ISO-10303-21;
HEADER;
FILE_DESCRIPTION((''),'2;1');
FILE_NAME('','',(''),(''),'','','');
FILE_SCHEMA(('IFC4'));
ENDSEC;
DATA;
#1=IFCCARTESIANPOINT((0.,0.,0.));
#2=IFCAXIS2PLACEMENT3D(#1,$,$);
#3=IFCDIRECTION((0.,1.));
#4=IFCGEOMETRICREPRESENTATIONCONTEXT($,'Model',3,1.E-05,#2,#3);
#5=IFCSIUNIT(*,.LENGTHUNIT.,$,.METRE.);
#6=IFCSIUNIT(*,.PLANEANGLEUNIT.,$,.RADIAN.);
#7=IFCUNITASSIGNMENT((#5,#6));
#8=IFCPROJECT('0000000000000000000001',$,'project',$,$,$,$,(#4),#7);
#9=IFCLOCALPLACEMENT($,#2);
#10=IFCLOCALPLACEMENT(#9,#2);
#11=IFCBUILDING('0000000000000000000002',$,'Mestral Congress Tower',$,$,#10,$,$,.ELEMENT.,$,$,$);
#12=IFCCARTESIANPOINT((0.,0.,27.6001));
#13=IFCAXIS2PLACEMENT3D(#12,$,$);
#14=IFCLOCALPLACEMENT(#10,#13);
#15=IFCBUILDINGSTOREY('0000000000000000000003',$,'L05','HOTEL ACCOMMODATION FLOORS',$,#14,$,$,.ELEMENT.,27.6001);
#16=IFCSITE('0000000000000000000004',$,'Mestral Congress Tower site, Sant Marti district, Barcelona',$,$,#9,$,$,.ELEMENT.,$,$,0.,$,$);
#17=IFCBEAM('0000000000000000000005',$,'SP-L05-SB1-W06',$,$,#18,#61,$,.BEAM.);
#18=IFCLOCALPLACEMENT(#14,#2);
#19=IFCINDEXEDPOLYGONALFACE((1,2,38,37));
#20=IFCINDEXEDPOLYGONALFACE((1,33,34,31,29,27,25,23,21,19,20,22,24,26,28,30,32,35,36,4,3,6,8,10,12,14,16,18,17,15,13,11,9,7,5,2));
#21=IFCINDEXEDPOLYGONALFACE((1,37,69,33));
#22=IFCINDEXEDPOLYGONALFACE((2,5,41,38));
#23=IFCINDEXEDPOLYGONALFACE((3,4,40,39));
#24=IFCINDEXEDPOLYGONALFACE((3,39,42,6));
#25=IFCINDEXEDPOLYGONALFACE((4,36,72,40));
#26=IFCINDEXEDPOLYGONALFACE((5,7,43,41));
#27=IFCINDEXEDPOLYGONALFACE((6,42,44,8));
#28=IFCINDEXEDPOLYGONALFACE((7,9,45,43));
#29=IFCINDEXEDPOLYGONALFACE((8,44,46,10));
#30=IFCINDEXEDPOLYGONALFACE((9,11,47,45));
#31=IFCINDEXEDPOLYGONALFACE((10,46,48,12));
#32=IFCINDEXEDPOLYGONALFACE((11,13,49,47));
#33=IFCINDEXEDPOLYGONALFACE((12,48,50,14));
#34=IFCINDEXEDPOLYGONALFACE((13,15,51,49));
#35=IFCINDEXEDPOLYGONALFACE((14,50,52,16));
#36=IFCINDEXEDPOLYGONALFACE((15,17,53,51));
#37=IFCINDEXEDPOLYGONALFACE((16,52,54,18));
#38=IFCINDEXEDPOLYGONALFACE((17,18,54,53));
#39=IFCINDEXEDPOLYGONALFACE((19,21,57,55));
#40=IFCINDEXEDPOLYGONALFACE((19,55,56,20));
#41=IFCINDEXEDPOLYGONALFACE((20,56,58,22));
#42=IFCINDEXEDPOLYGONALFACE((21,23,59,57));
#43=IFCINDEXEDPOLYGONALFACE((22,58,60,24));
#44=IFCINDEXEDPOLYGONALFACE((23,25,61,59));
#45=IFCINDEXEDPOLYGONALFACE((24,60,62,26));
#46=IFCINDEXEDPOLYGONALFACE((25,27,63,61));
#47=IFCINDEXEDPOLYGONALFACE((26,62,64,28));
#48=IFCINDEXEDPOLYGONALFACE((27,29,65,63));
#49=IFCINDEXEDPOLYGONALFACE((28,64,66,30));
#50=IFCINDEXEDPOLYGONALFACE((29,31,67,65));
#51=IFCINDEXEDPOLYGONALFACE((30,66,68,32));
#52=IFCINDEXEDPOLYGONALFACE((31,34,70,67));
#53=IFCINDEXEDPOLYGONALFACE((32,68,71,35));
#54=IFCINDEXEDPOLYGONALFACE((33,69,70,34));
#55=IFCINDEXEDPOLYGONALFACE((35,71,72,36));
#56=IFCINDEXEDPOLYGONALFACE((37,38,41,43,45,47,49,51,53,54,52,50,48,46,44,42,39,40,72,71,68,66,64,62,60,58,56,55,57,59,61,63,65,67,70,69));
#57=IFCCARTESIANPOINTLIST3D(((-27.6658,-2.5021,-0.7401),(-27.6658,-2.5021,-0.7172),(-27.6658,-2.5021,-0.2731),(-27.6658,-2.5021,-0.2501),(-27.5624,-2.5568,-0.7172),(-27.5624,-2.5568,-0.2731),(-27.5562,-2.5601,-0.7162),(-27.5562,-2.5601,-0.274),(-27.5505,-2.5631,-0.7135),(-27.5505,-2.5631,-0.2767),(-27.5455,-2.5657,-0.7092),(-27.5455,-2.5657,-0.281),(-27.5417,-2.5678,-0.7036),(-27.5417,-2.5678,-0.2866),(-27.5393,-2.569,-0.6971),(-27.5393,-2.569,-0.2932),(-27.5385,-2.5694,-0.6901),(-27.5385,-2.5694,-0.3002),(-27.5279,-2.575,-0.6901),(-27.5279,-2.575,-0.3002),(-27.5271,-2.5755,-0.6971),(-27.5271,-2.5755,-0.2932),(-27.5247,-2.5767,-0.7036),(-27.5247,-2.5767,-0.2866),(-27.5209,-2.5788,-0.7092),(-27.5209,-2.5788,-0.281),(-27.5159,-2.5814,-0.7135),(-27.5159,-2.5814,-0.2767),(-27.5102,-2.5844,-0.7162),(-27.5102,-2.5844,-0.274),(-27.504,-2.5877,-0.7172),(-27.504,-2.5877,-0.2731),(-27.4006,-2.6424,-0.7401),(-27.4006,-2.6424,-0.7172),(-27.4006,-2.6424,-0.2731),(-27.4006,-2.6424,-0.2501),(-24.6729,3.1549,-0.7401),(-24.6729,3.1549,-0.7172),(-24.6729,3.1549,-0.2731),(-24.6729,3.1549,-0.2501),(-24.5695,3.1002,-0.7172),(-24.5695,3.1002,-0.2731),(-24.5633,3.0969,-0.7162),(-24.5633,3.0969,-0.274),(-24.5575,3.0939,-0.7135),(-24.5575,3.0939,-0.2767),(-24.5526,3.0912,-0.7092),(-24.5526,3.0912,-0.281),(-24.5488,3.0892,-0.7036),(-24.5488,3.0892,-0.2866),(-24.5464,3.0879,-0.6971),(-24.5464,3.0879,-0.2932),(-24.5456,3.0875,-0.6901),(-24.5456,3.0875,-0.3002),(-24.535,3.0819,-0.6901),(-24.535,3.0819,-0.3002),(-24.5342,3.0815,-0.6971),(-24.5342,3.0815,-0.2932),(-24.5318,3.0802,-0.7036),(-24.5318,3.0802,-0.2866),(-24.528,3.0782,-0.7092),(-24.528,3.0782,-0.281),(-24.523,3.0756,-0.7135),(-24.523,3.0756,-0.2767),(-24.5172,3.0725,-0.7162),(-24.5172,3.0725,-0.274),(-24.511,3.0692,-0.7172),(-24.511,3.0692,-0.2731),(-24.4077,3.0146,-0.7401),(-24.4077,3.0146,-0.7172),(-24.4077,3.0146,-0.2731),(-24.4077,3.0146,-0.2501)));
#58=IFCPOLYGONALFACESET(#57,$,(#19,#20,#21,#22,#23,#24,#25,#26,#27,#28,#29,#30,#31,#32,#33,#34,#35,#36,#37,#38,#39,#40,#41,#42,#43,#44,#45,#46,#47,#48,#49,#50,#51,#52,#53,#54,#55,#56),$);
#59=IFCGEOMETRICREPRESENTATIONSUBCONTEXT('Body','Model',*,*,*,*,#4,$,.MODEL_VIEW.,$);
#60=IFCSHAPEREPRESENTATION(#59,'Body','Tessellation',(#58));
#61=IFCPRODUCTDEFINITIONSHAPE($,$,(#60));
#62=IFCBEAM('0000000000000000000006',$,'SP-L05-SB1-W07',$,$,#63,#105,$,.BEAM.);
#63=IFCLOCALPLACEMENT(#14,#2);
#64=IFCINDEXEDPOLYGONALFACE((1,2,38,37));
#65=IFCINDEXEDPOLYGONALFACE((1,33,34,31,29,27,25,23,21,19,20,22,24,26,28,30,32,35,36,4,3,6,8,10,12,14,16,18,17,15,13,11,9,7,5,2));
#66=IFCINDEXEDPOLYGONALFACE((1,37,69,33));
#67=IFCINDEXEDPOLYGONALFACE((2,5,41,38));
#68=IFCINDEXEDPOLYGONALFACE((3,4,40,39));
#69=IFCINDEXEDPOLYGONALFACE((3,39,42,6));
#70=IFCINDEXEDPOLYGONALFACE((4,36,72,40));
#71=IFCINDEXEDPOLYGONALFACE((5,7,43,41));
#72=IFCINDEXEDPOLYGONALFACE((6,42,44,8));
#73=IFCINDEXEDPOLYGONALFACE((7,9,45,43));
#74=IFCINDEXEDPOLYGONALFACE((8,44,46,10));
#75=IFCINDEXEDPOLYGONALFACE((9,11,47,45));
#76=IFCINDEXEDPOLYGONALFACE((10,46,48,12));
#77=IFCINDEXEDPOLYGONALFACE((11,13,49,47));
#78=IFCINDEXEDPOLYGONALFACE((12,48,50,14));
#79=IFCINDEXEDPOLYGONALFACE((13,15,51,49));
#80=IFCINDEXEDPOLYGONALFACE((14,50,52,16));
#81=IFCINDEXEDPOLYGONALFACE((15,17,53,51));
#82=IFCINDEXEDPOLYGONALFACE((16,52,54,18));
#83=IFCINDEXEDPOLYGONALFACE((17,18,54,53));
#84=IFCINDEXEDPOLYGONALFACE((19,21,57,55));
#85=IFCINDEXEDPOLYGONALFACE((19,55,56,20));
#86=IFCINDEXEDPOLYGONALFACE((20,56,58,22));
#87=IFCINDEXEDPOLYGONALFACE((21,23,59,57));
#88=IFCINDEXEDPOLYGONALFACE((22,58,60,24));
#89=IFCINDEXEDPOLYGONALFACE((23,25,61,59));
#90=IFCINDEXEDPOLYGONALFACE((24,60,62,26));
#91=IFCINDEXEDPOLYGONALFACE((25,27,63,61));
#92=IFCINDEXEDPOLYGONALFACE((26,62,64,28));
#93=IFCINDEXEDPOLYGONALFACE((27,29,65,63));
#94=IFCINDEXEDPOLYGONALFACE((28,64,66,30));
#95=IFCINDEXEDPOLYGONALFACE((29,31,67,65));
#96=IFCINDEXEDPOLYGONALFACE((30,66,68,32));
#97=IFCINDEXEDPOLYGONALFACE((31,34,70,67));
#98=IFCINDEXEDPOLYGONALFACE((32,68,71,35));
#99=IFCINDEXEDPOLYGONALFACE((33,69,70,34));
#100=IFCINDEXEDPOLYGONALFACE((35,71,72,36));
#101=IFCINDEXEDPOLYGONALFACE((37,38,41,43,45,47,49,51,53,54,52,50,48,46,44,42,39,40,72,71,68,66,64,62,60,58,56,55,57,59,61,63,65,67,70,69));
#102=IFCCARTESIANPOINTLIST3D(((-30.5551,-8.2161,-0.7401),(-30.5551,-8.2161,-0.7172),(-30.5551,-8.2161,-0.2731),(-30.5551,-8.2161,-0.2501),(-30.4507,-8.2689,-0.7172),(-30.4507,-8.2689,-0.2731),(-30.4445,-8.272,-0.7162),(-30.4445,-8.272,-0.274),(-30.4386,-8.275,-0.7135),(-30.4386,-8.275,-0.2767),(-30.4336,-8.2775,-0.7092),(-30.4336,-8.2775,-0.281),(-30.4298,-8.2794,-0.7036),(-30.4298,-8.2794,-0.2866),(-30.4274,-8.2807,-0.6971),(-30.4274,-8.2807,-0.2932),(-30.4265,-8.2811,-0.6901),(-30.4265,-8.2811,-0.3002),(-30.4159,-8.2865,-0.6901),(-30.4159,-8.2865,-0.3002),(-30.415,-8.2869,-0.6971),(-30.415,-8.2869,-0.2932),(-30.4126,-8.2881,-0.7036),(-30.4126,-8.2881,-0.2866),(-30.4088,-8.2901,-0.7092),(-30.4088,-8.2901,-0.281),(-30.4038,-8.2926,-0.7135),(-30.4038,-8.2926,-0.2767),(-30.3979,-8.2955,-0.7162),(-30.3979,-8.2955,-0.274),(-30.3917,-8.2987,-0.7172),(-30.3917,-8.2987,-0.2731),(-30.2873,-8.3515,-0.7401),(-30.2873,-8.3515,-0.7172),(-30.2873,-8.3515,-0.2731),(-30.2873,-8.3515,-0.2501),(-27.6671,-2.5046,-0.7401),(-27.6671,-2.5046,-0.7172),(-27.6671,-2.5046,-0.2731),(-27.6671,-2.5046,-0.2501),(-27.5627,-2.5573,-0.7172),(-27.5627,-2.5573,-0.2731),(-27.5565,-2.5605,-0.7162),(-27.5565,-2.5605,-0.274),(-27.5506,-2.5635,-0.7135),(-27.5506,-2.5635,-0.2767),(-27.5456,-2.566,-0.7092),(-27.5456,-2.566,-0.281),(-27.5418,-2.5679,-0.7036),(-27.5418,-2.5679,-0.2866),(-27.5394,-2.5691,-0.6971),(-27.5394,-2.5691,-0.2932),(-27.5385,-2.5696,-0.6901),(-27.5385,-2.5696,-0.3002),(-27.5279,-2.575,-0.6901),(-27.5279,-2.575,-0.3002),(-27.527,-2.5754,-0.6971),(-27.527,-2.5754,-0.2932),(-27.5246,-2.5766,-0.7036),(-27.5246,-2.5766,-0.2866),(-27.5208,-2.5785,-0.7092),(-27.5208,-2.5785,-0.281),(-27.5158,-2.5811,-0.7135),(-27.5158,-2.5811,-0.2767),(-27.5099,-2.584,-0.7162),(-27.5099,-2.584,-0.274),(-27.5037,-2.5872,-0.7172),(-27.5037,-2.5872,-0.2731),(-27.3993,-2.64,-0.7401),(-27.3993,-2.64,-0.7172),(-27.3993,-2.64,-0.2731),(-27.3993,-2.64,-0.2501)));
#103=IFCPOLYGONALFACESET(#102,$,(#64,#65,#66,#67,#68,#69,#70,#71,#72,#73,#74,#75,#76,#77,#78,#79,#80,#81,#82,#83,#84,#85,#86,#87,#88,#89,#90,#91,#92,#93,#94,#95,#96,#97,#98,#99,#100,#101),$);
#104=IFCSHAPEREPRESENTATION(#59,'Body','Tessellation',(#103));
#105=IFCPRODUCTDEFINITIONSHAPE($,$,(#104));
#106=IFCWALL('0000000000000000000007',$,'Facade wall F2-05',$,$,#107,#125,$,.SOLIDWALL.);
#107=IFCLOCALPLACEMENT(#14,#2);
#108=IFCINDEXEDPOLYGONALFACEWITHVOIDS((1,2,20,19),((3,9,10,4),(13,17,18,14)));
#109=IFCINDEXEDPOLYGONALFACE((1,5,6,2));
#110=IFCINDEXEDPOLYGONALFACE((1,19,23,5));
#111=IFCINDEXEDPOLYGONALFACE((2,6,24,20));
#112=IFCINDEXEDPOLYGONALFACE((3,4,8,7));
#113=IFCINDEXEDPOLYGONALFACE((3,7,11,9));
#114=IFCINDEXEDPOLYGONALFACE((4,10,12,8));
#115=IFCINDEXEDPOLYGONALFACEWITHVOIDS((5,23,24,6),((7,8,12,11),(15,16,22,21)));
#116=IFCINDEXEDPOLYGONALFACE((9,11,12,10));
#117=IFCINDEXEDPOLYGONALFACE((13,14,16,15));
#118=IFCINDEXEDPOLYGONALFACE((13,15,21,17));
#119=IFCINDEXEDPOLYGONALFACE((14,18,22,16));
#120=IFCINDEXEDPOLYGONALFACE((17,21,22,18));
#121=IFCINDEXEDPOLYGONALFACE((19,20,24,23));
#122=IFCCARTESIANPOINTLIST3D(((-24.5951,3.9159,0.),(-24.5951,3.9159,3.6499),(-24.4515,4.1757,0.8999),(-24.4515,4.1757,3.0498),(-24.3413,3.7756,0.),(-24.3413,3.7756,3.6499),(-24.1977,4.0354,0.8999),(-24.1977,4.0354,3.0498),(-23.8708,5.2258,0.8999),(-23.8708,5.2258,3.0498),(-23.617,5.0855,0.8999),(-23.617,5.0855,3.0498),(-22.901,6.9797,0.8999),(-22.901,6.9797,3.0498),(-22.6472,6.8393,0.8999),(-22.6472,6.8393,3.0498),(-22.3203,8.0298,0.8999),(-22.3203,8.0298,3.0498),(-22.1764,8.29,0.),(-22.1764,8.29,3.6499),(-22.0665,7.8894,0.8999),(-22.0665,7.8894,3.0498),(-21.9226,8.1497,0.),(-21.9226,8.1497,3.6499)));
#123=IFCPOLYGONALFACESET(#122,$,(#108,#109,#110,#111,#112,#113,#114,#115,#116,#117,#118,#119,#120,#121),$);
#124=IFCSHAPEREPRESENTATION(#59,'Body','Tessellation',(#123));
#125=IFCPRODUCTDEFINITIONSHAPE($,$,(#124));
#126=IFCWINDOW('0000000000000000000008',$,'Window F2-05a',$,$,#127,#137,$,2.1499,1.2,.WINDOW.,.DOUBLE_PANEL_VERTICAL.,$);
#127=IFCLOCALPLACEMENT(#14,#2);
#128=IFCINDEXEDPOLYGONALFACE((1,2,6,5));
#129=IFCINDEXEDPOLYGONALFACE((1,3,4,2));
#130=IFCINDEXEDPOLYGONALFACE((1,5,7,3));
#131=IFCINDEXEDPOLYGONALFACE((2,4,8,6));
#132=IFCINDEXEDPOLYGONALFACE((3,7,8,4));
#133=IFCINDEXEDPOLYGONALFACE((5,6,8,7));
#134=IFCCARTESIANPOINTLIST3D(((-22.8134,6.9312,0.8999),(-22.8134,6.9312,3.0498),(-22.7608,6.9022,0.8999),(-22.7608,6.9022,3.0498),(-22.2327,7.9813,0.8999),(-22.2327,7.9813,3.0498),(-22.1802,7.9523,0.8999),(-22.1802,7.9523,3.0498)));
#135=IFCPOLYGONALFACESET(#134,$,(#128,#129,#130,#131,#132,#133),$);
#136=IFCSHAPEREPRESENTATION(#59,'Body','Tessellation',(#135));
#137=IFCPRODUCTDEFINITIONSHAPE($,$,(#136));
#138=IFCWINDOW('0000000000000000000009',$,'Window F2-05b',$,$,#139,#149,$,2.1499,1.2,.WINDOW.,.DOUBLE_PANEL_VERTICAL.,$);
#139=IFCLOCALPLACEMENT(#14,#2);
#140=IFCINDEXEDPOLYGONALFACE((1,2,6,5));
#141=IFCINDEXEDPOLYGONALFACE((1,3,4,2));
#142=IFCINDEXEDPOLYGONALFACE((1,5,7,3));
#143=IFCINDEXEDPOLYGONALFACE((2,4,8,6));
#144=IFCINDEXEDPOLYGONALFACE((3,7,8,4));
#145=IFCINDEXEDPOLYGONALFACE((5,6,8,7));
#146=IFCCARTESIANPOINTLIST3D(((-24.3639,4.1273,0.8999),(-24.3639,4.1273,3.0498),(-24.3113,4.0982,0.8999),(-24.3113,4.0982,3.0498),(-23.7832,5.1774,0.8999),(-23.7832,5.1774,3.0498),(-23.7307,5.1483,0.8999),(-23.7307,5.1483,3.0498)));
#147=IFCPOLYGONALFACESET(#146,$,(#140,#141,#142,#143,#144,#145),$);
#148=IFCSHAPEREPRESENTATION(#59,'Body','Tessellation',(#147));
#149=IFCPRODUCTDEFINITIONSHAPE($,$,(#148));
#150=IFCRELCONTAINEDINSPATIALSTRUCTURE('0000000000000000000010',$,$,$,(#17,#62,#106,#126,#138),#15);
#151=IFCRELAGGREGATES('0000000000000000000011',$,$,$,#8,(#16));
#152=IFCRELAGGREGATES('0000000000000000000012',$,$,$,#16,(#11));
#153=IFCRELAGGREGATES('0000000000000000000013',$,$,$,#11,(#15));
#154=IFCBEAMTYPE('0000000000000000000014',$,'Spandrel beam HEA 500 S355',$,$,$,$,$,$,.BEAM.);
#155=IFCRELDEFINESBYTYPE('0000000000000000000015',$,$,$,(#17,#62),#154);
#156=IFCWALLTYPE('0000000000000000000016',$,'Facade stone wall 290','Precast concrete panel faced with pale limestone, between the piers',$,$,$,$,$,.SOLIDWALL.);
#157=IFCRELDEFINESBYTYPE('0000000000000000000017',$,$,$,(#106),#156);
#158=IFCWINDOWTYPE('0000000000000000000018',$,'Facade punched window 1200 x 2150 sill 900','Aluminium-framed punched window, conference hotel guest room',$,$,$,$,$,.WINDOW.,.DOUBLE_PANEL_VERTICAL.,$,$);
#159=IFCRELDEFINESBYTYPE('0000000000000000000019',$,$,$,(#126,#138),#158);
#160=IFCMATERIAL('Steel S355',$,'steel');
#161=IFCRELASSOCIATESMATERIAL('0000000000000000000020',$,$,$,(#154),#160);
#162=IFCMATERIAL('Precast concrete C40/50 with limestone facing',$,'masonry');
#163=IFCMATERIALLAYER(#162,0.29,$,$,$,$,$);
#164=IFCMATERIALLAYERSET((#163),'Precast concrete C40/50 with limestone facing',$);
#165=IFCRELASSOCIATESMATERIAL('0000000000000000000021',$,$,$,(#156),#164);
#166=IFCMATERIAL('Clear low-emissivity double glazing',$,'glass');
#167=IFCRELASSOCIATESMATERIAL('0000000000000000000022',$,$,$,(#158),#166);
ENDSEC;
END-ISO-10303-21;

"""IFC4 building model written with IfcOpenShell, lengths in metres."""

from ifc_helpers import new_model, si_unit, direction, frame, frame_2d, origin, origin_2d, place, context, subcontext, project, spatial, rectangle, i_section, extrude, material, layer, layer_set, material_profile, profile_set, type_object, element, fill, save


model = new_model("IFC4")

# Units and contexts
model_context = context("Model", 3, precision=1e-05, world=origin(), true_north=direction((0.0, 1.0)))
body_context = subcontext(model_context, "Body", "Model", "MODEL_VIEW")
ifc_project = project(units=[si_unit("LENGTHUNIT", "METRE"), si_unit("PLANEANGLEUNIT", "RADIAN")], contexts=[model_context])

# Site, building, storey
site_placement = place(None, origin())
site = spatial("IfcSite", under=ifc_project, at=site_placement, Name="Mestral Congress Tower site, Sant Marti district, Barcelona", CompositionType="ELEMENT", RefElevation=0.0)
building_placement = place(site_placement, origin())
building = spatial("IfcBuilding", under=site, at=building_placement, Name="Mestral Congress Tower", CompositionType="ELEMENT")
storey_placement = place(building_placement, frame((0.0, 0.0, 27.6001)))
storey = spatial("IfcBuildingStorey", under=building, at=storey_placement, Name="L05", Description="HOTEL ACCOMMODATION FLOORS", CompositionType="ELEMENT", Elevation=27.6001)

# Beams
ifc_material_1 = material(Name="Steel S355", Category="steel")
ifc_material_profile_1 = material_profile(ifc_material_1, i_section(OverallWidth=0.3, OverallDepth=0.49, WebThickness=0.012, FlangeThickness=0.0229, FilletRadius=0.0271, at=origin_2d()), Name="HEA 500")
ifc_profile_set_1 = profile_set([ifc_material_profile_1], Name="Steel S355")
beam_type_1 = type_object("IfcBeamType", Name="Spandrel beam HEA 500 S355", PredefinedType="BEAM", material=ifc_profile_set_1)
beam_1_placement = place(storey_placement, frame((-24.5403, 3.0847, -0.4951), z_axis=(-0.467649, -0.883914, 0.0), x_axis=(0.883914, -0.467649, 0.0)))
element("IfcBeam", 1, at=beam_1_placement, inside=storey, type_object=beam_type_1, Name="SP-L05-SB1-W06", PredefinedType="BEAM", context=body_context, shape_type="SweptSolid", body=[
    extrude(i_section(OverallWidth=0.3, OverallDepth=0.49, WebThickness=0.012, FlangeThickness=0.0229, FilletRadius=0.0271, at=origin_2d()), origin(), (0.0, 0.0, 1.0), 6.3999),
])
beam_2_placement = place(storey_placement, frame((-27.5332, -2.5723, -0.4951), z_axis=(-0.451237, -0.892404, 0.0), x_axis=(0.892404, -0.451237, 0.0)))
element("IfcBeam", 2, at=beam_2_placement, inside=storey, type_object=beam_type_1, Name="SP-L05-SB1-W07", PredefinedType="BEAM", context=body_context, shape_type="SweptSolid", body=[
    extrude(i_section(OverallWidth=0.3, OverallDepth=0.49, WebThickness=0.012, FlangeThickness=0.0229, FilletRadius=0.0271, at=origin_2d()), origin(), (0.0, 0.0, 1.0), 6.4001),
])

# Wall, openings, windows
ifc_material_2 = material(Name="Precast concrete C40/50 with limestone facing", Category="masonry")
ifc_layer_1 = layer(ifc_material_2, 0.29)
ifc_layer_set_1 = layer_set([ifc_layer_1], Name="Precast concrete C40/50 with limestone facing")
wall_type_1 = type_object("IfcWallType", Name="Facade stone wall 290", Description="Precast concrete panel faced with pale limestone, between the piers", PredefinedType="SOLIDWALL", material=ifc_layer_set_1)
wall_1_placement = place(storey_placement, frame((-22.0496, 8.2197, 0.0), z_axis=(0.0, 0.0, 1.0), x_axis=(-0.483913, -0.875116, 0.0)))
wall_1 = element("IfcWall", 3, at=wall_1_placement, inside=storey, type_object=wall_type_1, Name="Facade wall F2-05", PredefinedType="SOLIDWALL", context=body_context, shape_type="SweptSolid", body=[
    extrude(rectangle(XDim=4.9983, YDim=0.29, at=frame_2d((2.499, 0.0))), origin(), (0.0, 0.0, 1.0), 3.6499),
])
opening_1_placement = place(wall_1_placement, frame((0.2971, 0.0, 0.8999)))
opening_1 = element("IfcOpeningElement", 4, at=opening_1_placement, cuts=wall_1, PredefinedType="OPENING", context=body_context, shape_type="SweptSolid", body=[
    extrude(rectangle(XDim=1.2, YDim=2.1499, at=frame_2d((0.6001, 1.075))), frame((0.0, 0.155, 0.0), z_axis=(0.0, -1.0, 0.0), x_axis=(1.0, 0.0, 0.0)), (0.0, 0.0, 1.0), 0.3101),
])
opening_2_placement = place(wall_1_placement, frame((3.5012, 0.0, 0.8999)))
opening_2 = element("IfcOpeningElement", 5, at=opening_2_placement, cuts=wall_1, PredefinedType="OPENING", context=body_context, shape_type="SweptSolid", body=[
    extrude(rectangle(XDim=1.2, YDim=2.1499, at=frame_2d((0.6001, 1.075))), frame((0.0, 0.155, 0.0), z_axis=(0.0, -1.0, 0.0), x_axis=(1.0, 0.0, 0.0)), (0.0, 0.0, 1.0), 0.3101),
])
ifc_material_3 = material(Name="Clear low-emissivity double glazing", Category="glass")
window_type = type_object("IfcWindowType", Name="Facade punched window 1200 x 2150 sill 900", Description="Aluminium-framed punched window, conference hotel guest room", PartitioningType="DOUBLE_PANEL_VERTICAL", PredefinedType="WINDOW", material=ifc_material_3)
window_1_placement = place(opening_1_placement, origin())
window_1 = element("IfcWindow", 6, at=window_1_placement, inside=storey, type_object=window_type, Name="Window F2-05a", OverallHeight=2.1499, OverallWidth=1.2, PartitioningType="DOUBLE_PANEL_VERTICAL", PredefinedType="WINDOW", context=body_context, shape_type="SweptSolid", body=[
    extrude(rectangle(XDim=1.2, YDim=2.1499, at=frame_2d((0.6001, 1.075))), frame((0.0, 0.0151, 0.0), z_axis=(0.0, -1.0, 0.0), x_axis=(1.0, 0.0, 0.0)), (0.0, 0.0, 1.0), 0.0601),
])
fill(opening_1, window_1)
window_2_placement = place(opening_2_placement, origin())
window_2 = element("IfcWindow", 7, at=window_2_placement, inside=storey, type_object=window_type, Name="Window F2-05b", OverallHeight=2.1499, OverallWidth=1.2, PartitioningType="DOUBLE_PANEL_VERTICAL", PredefinedType="WINDOW", context=body_context, shape_type="SweptSolid", body=[
    extrude(rectangle(XDim=1.2, YDim=2.1499, at=frame_2d((0.6001, 1.075))), frame((0.0, 0.0151, 0.0), z_axis=(0.0, -1.0, 0.0), x_axis=(1.0, 0.0, 0.0)), (0.0, 0.0, 1.0), 0.0601),
])
fill(opening_2, window_2)

save(model, "model.ifc")
